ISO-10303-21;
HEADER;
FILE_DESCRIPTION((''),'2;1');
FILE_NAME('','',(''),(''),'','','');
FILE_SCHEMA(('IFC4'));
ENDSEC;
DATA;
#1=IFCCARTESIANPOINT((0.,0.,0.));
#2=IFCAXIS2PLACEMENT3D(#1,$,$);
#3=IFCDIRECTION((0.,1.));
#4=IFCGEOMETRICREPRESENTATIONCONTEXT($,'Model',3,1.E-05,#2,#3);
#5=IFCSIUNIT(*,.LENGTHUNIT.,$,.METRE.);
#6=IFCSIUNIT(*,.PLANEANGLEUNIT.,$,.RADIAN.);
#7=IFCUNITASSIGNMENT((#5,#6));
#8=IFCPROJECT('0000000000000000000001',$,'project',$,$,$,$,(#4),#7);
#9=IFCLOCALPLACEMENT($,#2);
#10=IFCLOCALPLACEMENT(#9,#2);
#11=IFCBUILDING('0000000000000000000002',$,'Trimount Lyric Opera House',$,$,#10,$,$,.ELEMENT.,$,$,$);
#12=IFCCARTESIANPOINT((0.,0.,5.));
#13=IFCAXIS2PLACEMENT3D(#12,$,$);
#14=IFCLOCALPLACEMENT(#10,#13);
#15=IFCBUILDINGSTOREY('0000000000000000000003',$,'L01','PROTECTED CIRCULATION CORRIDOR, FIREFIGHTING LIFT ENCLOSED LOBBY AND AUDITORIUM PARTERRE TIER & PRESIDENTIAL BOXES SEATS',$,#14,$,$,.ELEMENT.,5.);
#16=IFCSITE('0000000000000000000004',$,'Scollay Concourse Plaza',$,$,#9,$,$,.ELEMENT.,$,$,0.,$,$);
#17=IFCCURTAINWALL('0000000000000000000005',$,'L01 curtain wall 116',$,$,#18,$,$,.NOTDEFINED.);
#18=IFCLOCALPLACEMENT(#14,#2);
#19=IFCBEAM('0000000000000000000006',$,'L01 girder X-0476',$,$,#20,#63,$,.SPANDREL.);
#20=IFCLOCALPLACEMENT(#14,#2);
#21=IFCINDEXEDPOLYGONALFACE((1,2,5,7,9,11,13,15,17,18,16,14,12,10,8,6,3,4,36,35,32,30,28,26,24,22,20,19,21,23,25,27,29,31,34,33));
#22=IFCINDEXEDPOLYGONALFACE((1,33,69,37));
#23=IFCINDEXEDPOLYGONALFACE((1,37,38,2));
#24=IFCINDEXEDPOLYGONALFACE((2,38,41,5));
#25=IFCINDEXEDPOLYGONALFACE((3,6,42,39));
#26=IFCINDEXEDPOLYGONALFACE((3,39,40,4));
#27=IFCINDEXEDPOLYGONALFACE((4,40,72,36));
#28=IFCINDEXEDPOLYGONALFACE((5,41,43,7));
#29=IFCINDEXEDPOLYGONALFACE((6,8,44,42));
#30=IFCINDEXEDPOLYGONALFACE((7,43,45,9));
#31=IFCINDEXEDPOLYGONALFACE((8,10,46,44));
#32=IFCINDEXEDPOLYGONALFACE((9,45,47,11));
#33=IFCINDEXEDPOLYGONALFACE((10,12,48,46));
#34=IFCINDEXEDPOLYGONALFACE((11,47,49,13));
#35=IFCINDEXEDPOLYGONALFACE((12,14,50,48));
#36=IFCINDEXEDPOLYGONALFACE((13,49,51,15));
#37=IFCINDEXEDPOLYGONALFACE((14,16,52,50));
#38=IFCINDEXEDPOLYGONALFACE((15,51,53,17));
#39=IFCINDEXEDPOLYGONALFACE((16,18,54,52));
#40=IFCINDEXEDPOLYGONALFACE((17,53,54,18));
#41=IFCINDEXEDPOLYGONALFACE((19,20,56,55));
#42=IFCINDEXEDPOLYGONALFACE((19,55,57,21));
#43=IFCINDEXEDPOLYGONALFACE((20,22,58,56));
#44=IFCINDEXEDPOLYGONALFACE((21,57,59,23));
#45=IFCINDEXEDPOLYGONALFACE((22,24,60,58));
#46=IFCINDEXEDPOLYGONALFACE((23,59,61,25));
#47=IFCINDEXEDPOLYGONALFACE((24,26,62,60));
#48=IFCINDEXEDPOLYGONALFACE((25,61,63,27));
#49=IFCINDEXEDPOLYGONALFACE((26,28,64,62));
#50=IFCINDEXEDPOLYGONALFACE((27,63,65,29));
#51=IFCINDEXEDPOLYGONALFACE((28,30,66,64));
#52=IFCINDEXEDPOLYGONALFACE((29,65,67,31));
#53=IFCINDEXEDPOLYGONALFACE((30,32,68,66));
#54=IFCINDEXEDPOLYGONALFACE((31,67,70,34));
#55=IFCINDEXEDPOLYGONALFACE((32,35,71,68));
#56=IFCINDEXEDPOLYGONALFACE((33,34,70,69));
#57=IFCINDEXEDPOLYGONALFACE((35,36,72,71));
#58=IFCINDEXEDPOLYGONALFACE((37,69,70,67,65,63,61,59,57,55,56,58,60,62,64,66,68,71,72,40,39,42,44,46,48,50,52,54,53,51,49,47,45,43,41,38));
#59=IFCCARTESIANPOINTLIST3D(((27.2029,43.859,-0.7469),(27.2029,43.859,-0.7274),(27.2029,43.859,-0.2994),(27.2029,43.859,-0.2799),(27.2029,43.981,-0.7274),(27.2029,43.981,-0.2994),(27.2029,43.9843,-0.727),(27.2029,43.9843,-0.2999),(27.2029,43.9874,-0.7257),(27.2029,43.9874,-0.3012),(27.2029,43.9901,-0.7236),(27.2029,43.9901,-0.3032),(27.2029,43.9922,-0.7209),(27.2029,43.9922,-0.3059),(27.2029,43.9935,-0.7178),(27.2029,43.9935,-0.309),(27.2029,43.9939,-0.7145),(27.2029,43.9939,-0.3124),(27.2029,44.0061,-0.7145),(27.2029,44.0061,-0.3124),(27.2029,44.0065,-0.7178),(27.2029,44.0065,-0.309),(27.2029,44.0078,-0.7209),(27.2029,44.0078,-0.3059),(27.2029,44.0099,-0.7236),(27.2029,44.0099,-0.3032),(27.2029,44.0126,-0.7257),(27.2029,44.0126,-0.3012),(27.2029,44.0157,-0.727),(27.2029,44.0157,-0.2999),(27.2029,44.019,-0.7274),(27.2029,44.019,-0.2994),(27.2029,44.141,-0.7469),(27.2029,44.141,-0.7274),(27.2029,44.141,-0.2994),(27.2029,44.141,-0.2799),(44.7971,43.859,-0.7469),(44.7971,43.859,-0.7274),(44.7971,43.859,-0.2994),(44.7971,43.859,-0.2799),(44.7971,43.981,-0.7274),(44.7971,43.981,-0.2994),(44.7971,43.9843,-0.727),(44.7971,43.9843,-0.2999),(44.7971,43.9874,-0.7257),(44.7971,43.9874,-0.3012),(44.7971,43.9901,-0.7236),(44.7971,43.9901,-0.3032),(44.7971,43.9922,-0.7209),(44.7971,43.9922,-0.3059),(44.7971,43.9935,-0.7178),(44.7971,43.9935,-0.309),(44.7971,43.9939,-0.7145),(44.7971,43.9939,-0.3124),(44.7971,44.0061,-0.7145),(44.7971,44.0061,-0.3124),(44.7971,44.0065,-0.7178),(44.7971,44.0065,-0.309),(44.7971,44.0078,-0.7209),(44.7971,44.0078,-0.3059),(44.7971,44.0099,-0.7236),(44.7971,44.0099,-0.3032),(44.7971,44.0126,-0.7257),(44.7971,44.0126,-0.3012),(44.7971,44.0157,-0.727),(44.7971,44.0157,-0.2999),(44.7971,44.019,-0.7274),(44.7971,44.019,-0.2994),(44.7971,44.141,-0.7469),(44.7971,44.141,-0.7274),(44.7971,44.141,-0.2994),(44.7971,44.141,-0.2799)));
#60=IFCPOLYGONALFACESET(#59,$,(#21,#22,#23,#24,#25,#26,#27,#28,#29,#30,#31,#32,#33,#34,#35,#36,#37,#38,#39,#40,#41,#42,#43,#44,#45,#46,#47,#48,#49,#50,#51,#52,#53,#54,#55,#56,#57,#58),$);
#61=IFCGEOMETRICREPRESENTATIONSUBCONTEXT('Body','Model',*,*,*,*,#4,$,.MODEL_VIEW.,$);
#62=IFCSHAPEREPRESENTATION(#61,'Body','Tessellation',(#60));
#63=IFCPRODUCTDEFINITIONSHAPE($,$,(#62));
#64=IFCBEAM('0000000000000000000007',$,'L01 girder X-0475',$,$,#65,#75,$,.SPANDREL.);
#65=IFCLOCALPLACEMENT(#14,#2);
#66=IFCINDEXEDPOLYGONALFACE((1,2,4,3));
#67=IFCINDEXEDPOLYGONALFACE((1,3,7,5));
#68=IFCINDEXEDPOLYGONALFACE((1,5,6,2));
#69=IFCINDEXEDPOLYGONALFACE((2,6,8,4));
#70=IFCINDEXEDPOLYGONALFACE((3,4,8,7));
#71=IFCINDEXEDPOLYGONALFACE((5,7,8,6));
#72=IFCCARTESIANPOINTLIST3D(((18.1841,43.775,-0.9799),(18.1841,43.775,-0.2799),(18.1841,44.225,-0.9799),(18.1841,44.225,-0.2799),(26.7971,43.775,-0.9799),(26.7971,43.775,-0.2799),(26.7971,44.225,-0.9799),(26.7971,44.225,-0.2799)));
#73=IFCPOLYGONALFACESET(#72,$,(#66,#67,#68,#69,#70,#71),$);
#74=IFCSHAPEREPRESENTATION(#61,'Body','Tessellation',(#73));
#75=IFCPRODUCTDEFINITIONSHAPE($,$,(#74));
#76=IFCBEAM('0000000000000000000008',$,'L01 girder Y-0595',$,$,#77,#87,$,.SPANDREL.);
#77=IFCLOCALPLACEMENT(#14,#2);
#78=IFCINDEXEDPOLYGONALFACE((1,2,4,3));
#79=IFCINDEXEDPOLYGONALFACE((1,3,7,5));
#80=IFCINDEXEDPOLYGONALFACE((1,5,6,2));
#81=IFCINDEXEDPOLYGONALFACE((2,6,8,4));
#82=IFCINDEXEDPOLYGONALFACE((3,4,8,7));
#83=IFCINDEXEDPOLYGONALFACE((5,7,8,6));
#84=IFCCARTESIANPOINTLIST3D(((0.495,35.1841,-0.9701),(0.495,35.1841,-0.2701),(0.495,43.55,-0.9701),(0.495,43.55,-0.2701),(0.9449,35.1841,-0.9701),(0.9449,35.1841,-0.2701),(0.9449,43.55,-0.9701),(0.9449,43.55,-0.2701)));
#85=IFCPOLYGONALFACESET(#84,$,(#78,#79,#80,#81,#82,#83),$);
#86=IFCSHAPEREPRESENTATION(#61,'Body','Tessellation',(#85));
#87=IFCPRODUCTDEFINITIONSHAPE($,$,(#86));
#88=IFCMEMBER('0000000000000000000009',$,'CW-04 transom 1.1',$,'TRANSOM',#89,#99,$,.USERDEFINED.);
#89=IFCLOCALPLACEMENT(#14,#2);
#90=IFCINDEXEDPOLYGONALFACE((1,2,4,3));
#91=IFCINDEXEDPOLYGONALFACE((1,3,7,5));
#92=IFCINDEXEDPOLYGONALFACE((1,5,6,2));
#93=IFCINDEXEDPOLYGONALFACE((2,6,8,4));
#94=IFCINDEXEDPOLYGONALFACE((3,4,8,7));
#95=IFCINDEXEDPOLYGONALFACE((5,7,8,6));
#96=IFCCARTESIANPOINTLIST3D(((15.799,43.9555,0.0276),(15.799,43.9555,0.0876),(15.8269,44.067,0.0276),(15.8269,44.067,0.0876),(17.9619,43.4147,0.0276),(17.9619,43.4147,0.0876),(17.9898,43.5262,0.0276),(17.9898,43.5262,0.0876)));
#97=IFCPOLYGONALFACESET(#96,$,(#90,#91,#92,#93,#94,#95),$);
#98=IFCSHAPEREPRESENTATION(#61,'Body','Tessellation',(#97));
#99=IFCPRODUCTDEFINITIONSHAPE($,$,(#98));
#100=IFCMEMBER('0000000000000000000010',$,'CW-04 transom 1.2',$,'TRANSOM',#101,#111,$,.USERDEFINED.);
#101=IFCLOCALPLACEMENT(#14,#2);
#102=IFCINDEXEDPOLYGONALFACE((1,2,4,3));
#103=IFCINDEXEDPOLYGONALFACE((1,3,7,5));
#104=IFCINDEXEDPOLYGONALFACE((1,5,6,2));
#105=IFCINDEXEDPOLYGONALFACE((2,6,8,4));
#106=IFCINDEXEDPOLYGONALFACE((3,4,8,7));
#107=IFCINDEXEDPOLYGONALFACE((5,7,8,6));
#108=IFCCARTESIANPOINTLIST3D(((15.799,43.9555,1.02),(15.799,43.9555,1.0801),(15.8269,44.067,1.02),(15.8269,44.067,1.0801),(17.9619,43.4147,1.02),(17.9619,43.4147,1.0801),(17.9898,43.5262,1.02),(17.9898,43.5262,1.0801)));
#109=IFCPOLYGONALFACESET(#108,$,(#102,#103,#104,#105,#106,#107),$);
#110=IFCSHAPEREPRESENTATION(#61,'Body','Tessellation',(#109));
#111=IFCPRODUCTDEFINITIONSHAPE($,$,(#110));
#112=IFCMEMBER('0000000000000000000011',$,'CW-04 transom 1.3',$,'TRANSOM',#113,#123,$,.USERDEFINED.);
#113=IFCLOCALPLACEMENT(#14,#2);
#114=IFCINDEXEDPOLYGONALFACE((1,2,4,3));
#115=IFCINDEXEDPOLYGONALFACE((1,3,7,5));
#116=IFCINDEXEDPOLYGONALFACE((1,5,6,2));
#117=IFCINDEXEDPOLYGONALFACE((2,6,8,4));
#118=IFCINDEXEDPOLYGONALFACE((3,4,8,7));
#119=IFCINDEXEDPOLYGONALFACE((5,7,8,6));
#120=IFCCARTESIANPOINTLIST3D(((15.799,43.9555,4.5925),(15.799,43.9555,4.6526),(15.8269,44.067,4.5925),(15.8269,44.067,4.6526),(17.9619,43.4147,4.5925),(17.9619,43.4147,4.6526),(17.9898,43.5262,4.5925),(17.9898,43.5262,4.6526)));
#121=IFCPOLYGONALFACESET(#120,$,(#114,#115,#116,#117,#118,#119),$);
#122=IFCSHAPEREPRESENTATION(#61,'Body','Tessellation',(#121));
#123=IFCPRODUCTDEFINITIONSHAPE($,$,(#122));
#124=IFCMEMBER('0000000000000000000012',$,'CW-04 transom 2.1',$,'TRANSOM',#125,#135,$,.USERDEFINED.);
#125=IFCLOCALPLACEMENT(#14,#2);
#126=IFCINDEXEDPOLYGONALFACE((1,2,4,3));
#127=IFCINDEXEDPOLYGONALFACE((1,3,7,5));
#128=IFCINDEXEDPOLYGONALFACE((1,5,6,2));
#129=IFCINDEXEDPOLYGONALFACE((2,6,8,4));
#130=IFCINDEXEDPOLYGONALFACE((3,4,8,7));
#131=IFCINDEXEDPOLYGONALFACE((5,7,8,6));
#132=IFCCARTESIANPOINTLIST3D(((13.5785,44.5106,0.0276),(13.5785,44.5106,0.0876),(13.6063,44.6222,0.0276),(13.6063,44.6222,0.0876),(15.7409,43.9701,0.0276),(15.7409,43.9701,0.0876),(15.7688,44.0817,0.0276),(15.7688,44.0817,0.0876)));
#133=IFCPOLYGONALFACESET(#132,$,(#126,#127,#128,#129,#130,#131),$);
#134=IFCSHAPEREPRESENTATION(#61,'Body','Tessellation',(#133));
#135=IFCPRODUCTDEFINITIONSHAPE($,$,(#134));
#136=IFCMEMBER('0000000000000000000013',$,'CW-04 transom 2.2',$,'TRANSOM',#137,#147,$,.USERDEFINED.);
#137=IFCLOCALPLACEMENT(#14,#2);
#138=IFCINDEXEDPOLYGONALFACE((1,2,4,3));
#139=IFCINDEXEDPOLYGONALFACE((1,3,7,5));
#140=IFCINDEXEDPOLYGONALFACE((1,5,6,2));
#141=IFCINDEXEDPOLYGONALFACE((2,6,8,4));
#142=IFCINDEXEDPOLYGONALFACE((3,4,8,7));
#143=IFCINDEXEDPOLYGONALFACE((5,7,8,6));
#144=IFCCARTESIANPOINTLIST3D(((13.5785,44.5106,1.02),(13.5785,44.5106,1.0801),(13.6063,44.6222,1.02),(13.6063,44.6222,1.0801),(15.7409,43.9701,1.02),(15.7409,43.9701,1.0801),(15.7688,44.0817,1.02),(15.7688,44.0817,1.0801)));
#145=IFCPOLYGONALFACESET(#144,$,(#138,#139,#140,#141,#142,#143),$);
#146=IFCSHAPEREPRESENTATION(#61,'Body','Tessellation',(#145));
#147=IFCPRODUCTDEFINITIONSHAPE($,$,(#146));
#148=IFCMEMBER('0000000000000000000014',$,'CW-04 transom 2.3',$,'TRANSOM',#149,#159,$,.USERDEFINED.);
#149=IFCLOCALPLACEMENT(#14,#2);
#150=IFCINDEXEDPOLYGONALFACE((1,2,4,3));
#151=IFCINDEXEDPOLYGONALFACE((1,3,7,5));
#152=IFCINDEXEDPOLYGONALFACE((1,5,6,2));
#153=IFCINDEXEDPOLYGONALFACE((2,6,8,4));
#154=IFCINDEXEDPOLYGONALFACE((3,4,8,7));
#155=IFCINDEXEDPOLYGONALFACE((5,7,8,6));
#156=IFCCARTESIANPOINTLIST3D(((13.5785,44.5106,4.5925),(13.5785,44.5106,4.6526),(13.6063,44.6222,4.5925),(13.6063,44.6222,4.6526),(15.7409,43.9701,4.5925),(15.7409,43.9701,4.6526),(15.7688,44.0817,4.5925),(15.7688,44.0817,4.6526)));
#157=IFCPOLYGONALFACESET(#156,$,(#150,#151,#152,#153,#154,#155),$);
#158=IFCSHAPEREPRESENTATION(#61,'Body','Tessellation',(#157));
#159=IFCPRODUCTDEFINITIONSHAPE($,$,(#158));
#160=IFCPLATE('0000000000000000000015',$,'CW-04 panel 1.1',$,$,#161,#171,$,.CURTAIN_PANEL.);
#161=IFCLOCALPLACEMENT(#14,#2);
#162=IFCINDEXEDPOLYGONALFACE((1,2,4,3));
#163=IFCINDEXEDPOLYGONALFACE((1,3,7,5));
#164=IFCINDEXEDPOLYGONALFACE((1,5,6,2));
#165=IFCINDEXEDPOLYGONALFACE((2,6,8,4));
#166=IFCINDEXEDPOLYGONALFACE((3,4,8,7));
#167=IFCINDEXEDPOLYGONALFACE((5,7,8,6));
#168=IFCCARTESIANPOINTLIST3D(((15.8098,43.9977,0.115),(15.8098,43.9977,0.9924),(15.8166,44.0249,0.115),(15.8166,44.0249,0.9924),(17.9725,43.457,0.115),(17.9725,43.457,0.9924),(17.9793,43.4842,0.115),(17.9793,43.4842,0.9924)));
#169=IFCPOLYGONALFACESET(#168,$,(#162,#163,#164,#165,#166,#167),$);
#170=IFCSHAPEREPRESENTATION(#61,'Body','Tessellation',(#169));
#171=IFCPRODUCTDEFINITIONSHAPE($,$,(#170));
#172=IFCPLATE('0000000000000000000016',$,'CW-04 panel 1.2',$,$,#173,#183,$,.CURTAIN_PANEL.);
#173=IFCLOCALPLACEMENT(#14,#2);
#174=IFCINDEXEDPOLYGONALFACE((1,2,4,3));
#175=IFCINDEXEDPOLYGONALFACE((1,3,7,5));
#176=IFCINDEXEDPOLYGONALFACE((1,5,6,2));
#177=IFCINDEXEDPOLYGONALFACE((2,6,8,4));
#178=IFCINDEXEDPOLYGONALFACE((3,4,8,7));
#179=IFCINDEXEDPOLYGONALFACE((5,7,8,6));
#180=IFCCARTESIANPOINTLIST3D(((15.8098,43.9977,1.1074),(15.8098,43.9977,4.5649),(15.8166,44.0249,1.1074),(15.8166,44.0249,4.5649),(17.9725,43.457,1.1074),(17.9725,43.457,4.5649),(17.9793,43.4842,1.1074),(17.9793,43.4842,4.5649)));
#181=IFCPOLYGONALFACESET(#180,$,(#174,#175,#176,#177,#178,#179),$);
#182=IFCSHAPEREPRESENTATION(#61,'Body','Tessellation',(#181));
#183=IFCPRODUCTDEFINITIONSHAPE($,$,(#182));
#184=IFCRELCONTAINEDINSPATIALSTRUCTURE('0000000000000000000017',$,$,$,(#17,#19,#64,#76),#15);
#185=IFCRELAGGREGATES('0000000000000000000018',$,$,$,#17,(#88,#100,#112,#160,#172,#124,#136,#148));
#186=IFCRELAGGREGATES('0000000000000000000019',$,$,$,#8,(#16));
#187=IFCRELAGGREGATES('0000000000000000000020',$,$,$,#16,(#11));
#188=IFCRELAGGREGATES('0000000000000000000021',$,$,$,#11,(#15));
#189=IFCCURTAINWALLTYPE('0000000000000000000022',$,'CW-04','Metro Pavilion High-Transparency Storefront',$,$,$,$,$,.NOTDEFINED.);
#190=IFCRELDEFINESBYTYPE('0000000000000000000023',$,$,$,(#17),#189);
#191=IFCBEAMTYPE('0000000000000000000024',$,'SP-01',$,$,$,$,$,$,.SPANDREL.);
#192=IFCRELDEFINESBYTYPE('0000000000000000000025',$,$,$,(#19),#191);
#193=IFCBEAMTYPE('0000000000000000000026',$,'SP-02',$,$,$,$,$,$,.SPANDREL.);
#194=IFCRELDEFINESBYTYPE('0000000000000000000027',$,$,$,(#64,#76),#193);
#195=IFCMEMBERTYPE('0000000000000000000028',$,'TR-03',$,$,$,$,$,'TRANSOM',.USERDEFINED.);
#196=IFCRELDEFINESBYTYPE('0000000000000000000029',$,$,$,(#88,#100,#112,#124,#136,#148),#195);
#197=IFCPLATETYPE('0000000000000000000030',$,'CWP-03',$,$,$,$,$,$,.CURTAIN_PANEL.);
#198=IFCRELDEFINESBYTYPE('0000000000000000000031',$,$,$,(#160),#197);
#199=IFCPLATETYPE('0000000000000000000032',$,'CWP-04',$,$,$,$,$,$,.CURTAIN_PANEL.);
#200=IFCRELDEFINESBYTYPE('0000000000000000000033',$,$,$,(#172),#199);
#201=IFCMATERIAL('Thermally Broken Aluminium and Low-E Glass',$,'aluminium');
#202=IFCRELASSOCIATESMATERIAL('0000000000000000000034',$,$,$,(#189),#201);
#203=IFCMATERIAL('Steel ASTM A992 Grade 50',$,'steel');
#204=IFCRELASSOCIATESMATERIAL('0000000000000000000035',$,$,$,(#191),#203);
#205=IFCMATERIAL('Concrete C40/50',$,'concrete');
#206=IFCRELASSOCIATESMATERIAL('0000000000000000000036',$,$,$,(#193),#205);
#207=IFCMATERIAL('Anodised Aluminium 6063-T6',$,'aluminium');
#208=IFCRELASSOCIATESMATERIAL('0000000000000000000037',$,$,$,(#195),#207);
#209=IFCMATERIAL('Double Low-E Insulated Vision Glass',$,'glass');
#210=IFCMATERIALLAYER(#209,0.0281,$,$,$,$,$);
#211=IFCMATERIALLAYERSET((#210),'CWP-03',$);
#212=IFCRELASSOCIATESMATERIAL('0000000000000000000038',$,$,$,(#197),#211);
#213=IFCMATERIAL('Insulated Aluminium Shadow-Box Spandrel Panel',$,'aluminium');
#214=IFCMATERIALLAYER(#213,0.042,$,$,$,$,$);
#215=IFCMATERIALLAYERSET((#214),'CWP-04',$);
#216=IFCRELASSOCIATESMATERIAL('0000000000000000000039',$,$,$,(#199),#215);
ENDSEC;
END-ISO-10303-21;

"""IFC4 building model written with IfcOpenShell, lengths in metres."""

from ifc_helpers import new_model, si_unit, direction, frame, origin, origin_2d, place, context, subcontext, project, spatial, rectangle, i_section, extrude, material, layer, layer_set, material_profile, profile_set, type_object, element, aggregate, save


model = new_model("IFC4")

# Units and contexts
model_context = context("Model", 3, precision=1e-05, world=origin(), true_north=direction((0.0, 1.0)))
body_context = subcontext(model_context, "Body", "Model", "MODEL_VIEW")
ifc_project = project(units=[si_unit("LENGTHUNIT", "METRE"), si_unit("PLANEANGLEUNIT", "RADIAN")], contexts=[model_context])

# Site, building, storey
site_placement = place(None, origin())
site = spatial("IfcSite", under=ifc_project, at=site_placement, Name="Scollay Concourse Plaza", CompositionType="ELEMENT", RefElevation=0.0)
building_placement = place(site_placement, origin())
building = spatial("IfcBuilding", under=site, at=building_placement, Name="Trimount Lyric Opera House", CompositionType="ELEMENT")
storey_placement = place(building_placement, frame((0.0, 0.0, 5.0)))
storey = spatial("IfcBuildingStorey", under=building, at=storey_placement, Name="L01", Description="PROTECTED CIRCULATION CORRIDOR, FIREFIGHTING LIFT ENCLOSED LOBBY AND AUDITORIUM PARTERRE TIER & PRESIDENTIAL BOXES SEATS", CompositionType="ELEMENT", Elevation=5.0)

# Curtain wall
ifc_material_1 = material(Name="Thermally Broken Aluminium and Low-E Glass", Category="aluminium")
curtain_wall_type = type_object("IfcCurtainWallType", Name="CW-04", Description="Metro Pavilion High-Transparency Storefront", PredefinedType="NOTDEFINED", material=ifc_material_1)
curtain_wall_placement = place(storey_placement, origin())
curtain_wall = element("IfcCurtainWall", 1, at=curtain_wall_placement, inside=storey, type_object=curtain_wall_type, Name="L01 curtain wall 116", PredefinedType="NOTDEFINED")

# Beams
ifc_material_2 = material(Name="Steel ASTM A992 Grade 50", Category="steel")
ifc_material_profile_1 = material_profile(ifc_material_2, i_section(OverallWidth=0.282, OverallDepth=0.467, WebThickness=0.0122, FlangeThickness=0.0195, FilletRadius=0.0129, at=origin_2d()), Name="W18X86")
ifc_profile_set_1 = profile_set([ifc_material_profile_1], Name="Steel ASTM A992 Grade 50")
beam_type_1 = type_object("IfcBeamType", Name="SP-01", PredefinedType="SPANDREL", material=ifc_profile_set_1)
beam_1_placement = place(storey_placement, frame((27.2029, 44.0, -0.5134), z_axis=(1.0, 0.0, 0.0), x_axis=(0.0, 1.0, 0.0)))
element("IfcBeam", 2, at=beam_1_placement, inside=storey, type_object=beam_type_1, Name="L01 girder X-0476", PredefinedType="SPANDREL", context=body_context, shape_type="SweptSolid", body=[
    extrude(i_section(OverallWidth=0.282, OverallDepth=0.467, WebThickness=0.0122, FlangeThickness=0.0195, FilletRadius=0.0129, at=origin_2d()), origin(), (0.0, 0.0, 1.0), 17.5942),
])
ifc_material_3 = material(Name="Concrete C40/50", Category="concrete")
ifc_material_profile_2 = material_profile(ifc_material_3, rectangle(XDim=0.45, YDim=0.7, at=origin_2d()), Name="RC450X700")
ifc_profile_set_2 = profile_set([ifc_material_profile_2], Name="Concrete C40/50")
beam_type_2 = type_object("IfcBeamType", Name="SP-02", PredefinedType="SPANDREL", material=ifc_profile_set_2)
beam_2_placement = place(storey_placement, frame((18.1841, 44.0, -0.6299), z_axis=(1.0, 0.0, 0.0), x_axis=(0.0, 1.0, 0.0)))
element("IfcBeam", 3, at=beam_2_placement, inside=storey, type_object=beam_type_2, Name="L01 girder X-0475", PredefinedType="SPANDREL", context=body_context, shape_type="SweptSolid", body=[
    extrude(rectangle(XDim=0.45, YDim=0.7, at=origin_2d()), origin(), (0.0, 0.0, 1.0), 8.613),
])
beam_3_placement = place(storey_placement, frame((0.72, 35.1841, -0.6201), z_axis=(0.0, 1.0, 0.0), x_axis=(-1.0, 0.0, 0.0)))
element("IfcBeam", 4, at=beam_3_placement, inside=storey, type_object=beam_type_2, Name="L01 girder Y-0595", PredefinedType="SPANDREL", context=body_context, shape_type="SweptSolid", body=[
    extrude(rectangle(XDim=0.45, YDim=0.7, at=origin_2d()), origin(), (0.0, 0.0, 1.0), 8.366),
])

# Members
ifc_material_4 = material(Name="Anodised Aluminium 6063-T6", Category="aluminium")
ifc_material_profile_3 = material_profile(ifc_material_4, rectangle(XDim=0.115, YDim=0.0601, at=origin_2d()), Name="ALU-TRAN-60X115")
ifc_profile_set_3 = profile_set([ifc_material_profile_3], Name="Anodised Aluminium 6063-T6")
member_type_1 = type_object("IfcMemberType", Name="TR-03", ElementType="TRANSOM", PredefinedType="USERDEFINED", material=ifc_profile_set_3)
member_1_placement = place(storey_placement, frame((17.9758, 43.4705, 0.0576), z_axis=(-0.970136, 0.242561, 0.0), x_axis=(-0.242561, -0.970136, 0.0)))
member_1 = element("IfcMember", 5, at=member_1_placement, type_object=member_type_1, Name="CW-04 transom 1.1", ObjectType="TRANSOM", PredefinedType="USERDEFINED", context=body_context, shape_type="SweptSolid", body=[
    extrude(rectangle(XDim=0.115, YDim=0.0601, at=origin_2d()), origin(), (0.0, 0.0, 1.0), 2.2295),
])
member_2_placement = place(storey_placement, frame((17.9758, 43.4705, 1.05), z_axis=(-0.970136, 0.242561, 0.0), x_axis=(-0.242561, -0.970136, 0.0)))
member_2 = element("IfcMember", 6, at=member_2_placement, type_object=member_type_1, Name="CW-04 transom 1.2", ObjectType="TRANSOM", PredefinedType="USERDEFINED", context=body_context, shape_type="SweptSolid", body=[
    extrude(rectangle(XDim=0.115, YDim=0.0601, at=origin_2d()), origin(), (0.0, 0.0, 1.0), 2.2295),
])
member_3_placement = place(storey_placement, frame((17.9758, 43.4705, 4.6226), z_axis=(-0.970136, 0.242561, 0.0), x_axis=(-0.242561, -0.970136, 0.0)))
member_3 = element("IfcMember", 7, at=member_3_placement, type_object=member_type_1, Name="CW-04 transom 1.3", ObjectType="TRANSOM", PredefinedType="USERDEFINED", context=body_context, shape_type="SweptSolid", body=[
    extrude(rectangle(XDim=0.115, YDim=0.0601, at=origin_2d()), origin(), (0.0, 0.0, 1.0), 2.2295),
])
member_4_placement = place(storey_placement, frame((15.7549, 44.0259, 0.0576), z_axis=(-0.970155, 0.242484, 0.0), x_axis=(-0.242484, -0.970155, 0.0)))
member_4 = element("IfcMember", 8, at=member_4_placement, type_object=member_type_1, Name="CW-04 transom 2.1", ObjectType="TRANSOM", PredefinedType="USERDEFINED", context=body_context, shape_type="SweptSolid", body=[
    extrude(rectangle(XDim=0.115, YDim=0.0601, at=origin_2d()), origin(), (0.0, 0.0, 1.0), 2.229),
])
member_5_placement = place(storey_placement, frame((15.7549, 44.0259, 1.05), z_axis=(-0.970155, 0.242484, 0.0), x_axis=(-0.242484, -0.970155, 0.0)))
member_5 = element("IfcMember", 9, at=member_5_placement, type_object=member_type_1, Name="CW-04 transom 2.2", ObjectType="TRANSOM", PredefinedType="USERDEFINED", context=body_context, shape_type="SweptSolid", body=[
    extrude(rectangle(XDim=0.115, YDim=0.0601, at=origin_2d()), origin(), (0.0, 0.0, 1.0), 2.229),
])
member_6_placement = place(storey_placement, frame((15.7549, 44.0259, 4.6226), z_axis=(-0.970155, 0.242484, 0.0), x_axis=(-0.242484, -0.970155, 0.0)))
member_6 = element("IfcMember", 10, at=member_6_placement, type_object=member_type_1, Name="CW-04 transom 2.3", ObjectType="TRANSOM", PredefinedType="USERDEFINED", context=body_context, shape_type="SweptSolid", body=[
    extrude(rectangle(XDim=0.115, YDim=0.0601, at=origin_2d()), origin(), (0.0, 0.0, 1.0), 2.229),
])

# Plates
ifc_material_5 = material(Name="Double Low-E Insulated Vision Glass", Category="glass")
ifc_layer_1 = layer(ifc_material_5, 0.0281)
ifc_layer_set_1 = layer_set([ifc_layer_1], Name="CWP-03")
plate_type_1 = type_object("IfcPlateType", Name="CWP-03", PredefinedType="CURTAIN_PANEL", material=ifc_layer_set_1)
plate_1_placement = place(storey_placement, frame((16.8945, 43.741, 0.115), z_axis=(0.0, 0.0, 1.0), x_axis=(-0.970143, 0.242536, 0.0)))
plate_1 = element("IfcPlate", 11, at=plate_1_placement, type_object=plate_type_1, Name="CW-04 panel 1.1", PredefinedType="CURTAIN_PANEL", context=body_context, shape_type="SweptSolid", body=[
    extrude(rectangle(XDim=2.2292, YDim=0.0281, at=origin_2d()), origin(), (0.0, 0.0, 1.0), 0.8774),
])
ifc_material_6 = material(Name="Insulated Aluminium Shadow-Box Spandrel Panel", Category="aluminium")
ifc_layer_2 = layer(ifc_material_6, 0.042)
ifc_layer_set_2 = layer_set([ifc_layer_2], Name="CWP-04")
plate_type_2 = type_object("IfcPlateType", Name="CWP-04", PredefinedType="CURTAIN_PANEL", material=ifc_layer_set_2)
plate_2_placement = place(storey_placement, frame((16.8945, 43.741, 1.1074), z_axis=(0.0, 0.0, 1.0), x_axis=(-0.970143, 0.242536, 0.0)))
plate_2 = element("IfcPlate", 12, at=plate_2_placement, type_object=plate_type_2, Name="CW-04 panel 1.2", PredefinedType="CURTAIN_PANEL", context=body_context, shape_type="SweptSolid", body=[
    extrude(rectangle(XDim=2.2292, YDim=0.0281, at=origin_2d()), origin(), (0.0, 0.0, 1.0), 3.4575),
])
aggregate(curtain_wall, [member_1, member_2, member_3, plate_1, plate_2, member_4, member_5, member_6])

save(model, "model.ifc")
